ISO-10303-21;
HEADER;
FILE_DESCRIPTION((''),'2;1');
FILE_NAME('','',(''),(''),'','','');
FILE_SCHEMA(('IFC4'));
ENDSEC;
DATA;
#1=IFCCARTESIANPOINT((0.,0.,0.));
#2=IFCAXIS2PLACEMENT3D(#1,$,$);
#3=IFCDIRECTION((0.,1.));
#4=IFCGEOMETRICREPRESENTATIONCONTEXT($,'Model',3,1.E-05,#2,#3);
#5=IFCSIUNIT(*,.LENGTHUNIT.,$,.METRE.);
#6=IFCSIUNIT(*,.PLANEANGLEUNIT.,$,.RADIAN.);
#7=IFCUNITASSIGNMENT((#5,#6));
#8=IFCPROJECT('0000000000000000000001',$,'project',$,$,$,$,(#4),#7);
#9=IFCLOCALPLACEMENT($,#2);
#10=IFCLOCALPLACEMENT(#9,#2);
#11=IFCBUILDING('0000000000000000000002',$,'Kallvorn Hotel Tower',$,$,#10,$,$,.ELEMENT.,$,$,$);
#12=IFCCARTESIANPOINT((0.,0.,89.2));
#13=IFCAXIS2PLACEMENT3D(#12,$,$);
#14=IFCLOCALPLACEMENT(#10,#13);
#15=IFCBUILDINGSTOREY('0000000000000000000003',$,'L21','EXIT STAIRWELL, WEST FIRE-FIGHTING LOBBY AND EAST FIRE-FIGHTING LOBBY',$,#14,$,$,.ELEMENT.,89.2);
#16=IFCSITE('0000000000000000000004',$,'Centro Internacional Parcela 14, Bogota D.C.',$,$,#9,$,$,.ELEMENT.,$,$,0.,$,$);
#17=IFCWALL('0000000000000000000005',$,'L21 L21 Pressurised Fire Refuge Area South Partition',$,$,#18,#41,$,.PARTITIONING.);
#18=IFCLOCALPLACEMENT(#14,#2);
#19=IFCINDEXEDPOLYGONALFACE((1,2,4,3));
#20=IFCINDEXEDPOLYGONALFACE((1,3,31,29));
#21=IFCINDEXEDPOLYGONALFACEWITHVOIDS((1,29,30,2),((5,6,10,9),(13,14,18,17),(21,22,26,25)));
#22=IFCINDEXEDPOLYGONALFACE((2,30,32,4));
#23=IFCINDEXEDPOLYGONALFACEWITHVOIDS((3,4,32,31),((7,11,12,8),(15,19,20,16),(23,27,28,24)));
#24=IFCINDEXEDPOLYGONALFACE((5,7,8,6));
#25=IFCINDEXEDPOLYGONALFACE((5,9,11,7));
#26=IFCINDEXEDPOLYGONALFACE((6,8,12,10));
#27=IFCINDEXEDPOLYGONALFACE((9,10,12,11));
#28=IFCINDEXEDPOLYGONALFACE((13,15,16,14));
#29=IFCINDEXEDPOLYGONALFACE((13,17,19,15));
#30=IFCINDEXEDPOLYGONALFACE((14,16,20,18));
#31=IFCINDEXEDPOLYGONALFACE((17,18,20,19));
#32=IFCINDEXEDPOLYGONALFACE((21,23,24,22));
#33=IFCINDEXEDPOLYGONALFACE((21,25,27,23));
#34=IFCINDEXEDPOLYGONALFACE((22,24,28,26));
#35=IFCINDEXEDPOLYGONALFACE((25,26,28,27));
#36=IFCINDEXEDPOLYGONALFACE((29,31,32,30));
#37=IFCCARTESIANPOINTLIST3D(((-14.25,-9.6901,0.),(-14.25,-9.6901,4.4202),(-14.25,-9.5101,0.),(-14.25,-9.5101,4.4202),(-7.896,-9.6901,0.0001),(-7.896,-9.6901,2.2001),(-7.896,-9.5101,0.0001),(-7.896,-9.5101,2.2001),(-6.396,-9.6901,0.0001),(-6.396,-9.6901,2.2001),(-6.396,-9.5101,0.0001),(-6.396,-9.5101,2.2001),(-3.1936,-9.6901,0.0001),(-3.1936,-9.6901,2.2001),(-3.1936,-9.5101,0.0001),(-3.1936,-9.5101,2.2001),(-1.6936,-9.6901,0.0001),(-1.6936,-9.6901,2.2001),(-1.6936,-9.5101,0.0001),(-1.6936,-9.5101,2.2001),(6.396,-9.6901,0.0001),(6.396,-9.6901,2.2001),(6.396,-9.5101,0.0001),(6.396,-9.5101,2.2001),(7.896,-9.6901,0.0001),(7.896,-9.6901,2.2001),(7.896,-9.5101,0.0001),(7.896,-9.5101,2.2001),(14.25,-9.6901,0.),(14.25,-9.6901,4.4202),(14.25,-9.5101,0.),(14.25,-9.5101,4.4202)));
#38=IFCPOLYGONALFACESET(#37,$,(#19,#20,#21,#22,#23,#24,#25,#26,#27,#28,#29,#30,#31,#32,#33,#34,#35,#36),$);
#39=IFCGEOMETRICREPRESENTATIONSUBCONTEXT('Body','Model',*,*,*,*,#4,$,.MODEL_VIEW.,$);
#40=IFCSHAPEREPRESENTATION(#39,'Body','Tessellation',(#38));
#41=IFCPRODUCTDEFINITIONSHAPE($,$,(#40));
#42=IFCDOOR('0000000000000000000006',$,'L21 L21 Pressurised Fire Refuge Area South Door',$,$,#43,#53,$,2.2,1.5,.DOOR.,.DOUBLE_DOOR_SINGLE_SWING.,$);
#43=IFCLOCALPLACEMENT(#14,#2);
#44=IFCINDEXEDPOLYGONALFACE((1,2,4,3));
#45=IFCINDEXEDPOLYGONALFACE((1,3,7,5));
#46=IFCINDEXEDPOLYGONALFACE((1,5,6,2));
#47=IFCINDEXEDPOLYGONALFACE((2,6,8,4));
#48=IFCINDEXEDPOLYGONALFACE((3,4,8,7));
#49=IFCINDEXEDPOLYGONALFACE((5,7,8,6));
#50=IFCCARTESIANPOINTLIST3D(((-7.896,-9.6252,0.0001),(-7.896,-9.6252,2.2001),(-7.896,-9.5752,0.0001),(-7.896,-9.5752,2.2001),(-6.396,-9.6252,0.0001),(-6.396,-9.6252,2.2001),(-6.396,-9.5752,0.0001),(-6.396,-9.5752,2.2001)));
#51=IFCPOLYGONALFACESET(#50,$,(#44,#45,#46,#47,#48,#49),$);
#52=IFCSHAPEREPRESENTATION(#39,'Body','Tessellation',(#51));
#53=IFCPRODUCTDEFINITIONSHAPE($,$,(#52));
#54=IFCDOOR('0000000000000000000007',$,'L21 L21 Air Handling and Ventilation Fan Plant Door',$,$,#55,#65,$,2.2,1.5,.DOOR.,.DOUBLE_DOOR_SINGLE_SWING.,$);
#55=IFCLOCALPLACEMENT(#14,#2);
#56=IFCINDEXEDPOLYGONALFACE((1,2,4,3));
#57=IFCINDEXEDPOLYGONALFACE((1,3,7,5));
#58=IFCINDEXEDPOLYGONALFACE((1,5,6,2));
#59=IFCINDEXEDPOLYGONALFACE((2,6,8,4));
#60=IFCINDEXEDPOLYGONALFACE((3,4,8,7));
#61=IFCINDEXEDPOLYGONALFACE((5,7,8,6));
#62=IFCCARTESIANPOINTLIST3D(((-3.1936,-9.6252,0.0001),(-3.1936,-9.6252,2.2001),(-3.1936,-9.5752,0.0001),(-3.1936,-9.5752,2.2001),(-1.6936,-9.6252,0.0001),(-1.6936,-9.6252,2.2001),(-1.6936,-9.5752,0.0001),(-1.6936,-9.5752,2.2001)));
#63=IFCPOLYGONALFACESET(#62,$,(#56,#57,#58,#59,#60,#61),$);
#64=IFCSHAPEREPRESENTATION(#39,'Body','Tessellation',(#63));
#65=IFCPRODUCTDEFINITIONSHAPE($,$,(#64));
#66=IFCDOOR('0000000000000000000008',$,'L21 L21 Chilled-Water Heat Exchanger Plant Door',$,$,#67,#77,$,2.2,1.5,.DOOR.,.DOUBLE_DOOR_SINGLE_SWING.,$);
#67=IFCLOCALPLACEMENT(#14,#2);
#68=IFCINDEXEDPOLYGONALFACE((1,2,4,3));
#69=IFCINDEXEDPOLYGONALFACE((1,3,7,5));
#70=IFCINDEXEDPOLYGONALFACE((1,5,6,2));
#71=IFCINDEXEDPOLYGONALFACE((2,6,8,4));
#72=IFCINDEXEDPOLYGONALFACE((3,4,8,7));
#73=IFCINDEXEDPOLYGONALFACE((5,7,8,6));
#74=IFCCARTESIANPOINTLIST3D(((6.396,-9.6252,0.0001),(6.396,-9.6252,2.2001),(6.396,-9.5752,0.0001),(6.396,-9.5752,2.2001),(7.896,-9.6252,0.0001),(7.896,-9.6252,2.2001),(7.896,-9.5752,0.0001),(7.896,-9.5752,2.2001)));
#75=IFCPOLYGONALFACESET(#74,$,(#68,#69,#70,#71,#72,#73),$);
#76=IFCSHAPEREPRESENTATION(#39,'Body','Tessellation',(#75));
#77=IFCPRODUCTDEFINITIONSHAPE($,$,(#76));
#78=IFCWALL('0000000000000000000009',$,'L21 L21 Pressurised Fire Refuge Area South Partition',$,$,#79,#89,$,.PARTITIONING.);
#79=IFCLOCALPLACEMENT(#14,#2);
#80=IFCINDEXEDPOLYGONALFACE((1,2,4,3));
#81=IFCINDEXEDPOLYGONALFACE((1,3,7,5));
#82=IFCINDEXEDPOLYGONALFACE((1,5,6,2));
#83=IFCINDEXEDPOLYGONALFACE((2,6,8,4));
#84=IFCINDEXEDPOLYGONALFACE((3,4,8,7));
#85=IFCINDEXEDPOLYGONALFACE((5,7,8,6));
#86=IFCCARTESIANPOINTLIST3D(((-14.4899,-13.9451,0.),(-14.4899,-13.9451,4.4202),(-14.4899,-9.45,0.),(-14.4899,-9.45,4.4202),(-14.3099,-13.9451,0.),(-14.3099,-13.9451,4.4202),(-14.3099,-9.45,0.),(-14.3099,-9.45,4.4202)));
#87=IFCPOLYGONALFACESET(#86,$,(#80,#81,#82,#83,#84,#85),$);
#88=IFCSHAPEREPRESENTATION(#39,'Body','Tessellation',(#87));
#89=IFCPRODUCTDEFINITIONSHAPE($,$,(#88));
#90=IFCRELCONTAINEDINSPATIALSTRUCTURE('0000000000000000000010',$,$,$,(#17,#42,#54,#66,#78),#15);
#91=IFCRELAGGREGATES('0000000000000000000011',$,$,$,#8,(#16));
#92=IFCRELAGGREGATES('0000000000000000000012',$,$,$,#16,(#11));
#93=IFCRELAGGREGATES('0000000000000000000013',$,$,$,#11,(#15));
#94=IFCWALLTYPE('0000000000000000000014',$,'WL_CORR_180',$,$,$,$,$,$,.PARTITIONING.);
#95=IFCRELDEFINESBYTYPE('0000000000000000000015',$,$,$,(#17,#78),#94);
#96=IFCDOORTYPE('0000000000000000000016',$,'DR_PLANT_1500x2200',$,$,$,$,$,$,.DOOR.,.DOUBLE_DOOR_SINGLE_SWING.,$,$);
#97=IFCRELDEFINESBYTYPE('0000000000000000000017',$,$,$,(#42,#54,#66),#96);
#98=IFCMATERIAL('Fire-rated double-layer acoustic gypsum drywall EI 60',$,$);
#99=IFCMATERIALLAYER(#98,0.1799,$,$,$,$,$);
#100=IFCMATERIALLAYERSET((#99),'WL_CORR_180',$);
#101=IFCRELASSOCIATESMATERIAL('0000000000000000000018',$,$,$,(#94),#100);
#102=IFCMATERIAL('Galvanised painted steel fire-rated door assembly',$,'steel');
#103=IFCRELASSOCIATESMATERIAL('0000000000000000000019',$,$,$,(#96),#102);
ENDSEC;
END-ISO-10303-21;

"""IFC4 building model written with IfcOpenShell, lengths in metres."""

from ifc_helpers import new_model, si_unit, direction, frame, frame_2d, origin, place, context, subcontext, project, spatial, rectangle, extrude, material, layer, layer_set, type_object, element, fill, save


model = new_model("IFC4")

# Units and contexts
model_context = context("Model", 3, precision=1e-05, world=origin(), true_north=direction((0.0, 1.0)))
body_context = subcontext(model_context, "Body", "Model", "MODEL_VIEW")
ifc_project = project(units=[si_unit("LENGTHUNIT", "METRE"), si_unit("PLANEANGLEUNIT", "RADIAN")], contexts=[model_context])

# Site, building, storey
site_placement = place(None, origin())
site = spatial("IfcSite", under=ifc_project, at=site_placement, Name="Centro Internacional Parcela 14, Bogota D.C.", CompositionType="ELEMENT", RefElevation=0.0)
building_placement = place(site_placement, origin())
building = spatial("IfcBuilding", under=site, at=building_placement, Name="Kallvorn Hotel Tower", CompositionType="ELEMENT")
storey_placement = place(building_placement, frame((0.0, 0.0, 89.2)))
storey = spatial("IfcBuildingStorey", under=building, at=storey_placement, Name="L21", Description="EXIT STAIRWELL, WEST FIRE-FIGHTING LOBBY AND EAST FIRE-FIGHTING LOBBY", CompositionType="ELEMENT", Elevation=89.2)

# Wall, openings, doors
ifc_material_1 = material(Name="Fire-rated double-layer acoustic gypsum drywall EI 60")
ifc_layer_1 = layer(ifc_material_1, 0.1799)
ifc_layer_set_1 = layer_set([ifc_layer_1], Name="WL_CORR_180")
wall_type = type_object("IfcWallType", Name="WL_CORR_180", PredefinedType="PARTITIONING", material=ifc_layer_set_1)
wall_1_placement = place(storey_placement, frame((-14.25, -9.6001, 0.0), z_axis=(0.0, 0.0, 1.0), x_axis=(1.0, 0.0, 0.0)))
wall_1 = element("IfcWall", 1, at=wall_1_placement, inside=storey, type_object=wall_type, Name="L21 L21 Pressurised Fire Refuge Area South Partition", PredefinedType="PARTITIONING", context=body_context, shape_type="SweptSolid", body=[
    extrude(rectangle(XDim=28.5, YDim=0.1799, at=frame_2d((14.25, 0.0))), origin(), (0.0, 0.0, 1.0), 4.4202),
])
opening_1_placement = place(wall_1_placement, frame((6.354, 0.0, 0.0)))
opening_1 = element("IfcOpeningElement", 2, at=opening_1_placement, cuts=wall_1, PredefinedType="OPENING", context=body_context, shape_type="SweptSolid", body=[
    extrude(rectangle(XDim=1.5, YDim=2.2, at=frame_2d((0.75, 1.1001))), frame((0.0, 0.1047, 0.0), z_axis=(0.0, -1.0, 0.0), x_axis=(1.0, 0.0, 0.0)), (0.0, 0.0, 1.0), 0.21),
])
opening_2_placement = place(wall_1_placement, frame((11.0564, 0.0, 0.0)))
opening_2 = element("IfcOpeningElement", 3, at=opening_2_placement, cuts=wall_1, PredefinedType="OPENING", context=body_context, shape_type="SweptSolid", body=[
    extrude(rectangle(XDim=1.5, YDim=2.2, at=frame_2d((0.75, 1.1001))), frame((0.0, 0.1047, 0.0), z_axis=(0.0, -1.0, 0.0), x_axis=(1.0, 0.0, 0.0)), (0.0, 0.0, 1.0), 0.21),
])
opening_3_placement = place(wall_1_placement, frame((20.646, 0.0, 0.0)))
opening_3 = element("IfcOpeningElement", 4, at=opening_3_placement, cuts=wall_1, PredefinedType="OPENING", context=body_context, shape_type="SweptSolid", body=[
    extrude(rectangle(XDim=1.5, YDim=2.2, at=frame_2d((0.75, 1.1001))), frame((0.0, 0.1047, 0.0), z_axis=(0.0, -1.0, 0.0), x_axis=(1.0, 0.0, 0.0)), (0.0, 0.0, 1.0), 0.21),
])
ifc_material_2 = material(Name="Galvanised painted steel fire-rated door assembly", Category="steel")
door_type = type_object("IfcDoorType", Name="DR_PLANT_1500x2200", OperationType="DOUBLE_DOOR_SINGLE_SWING", PredefinedType="DOOR", material=ifc_material_2)
door_1_placement = place(opening_1_placement, origin())
door_1 = element("IfcDoor", 5, at=door_1_placement, inside=storey, type_object=door_type, Name="L21 L21 Pressurised Fire Refuge Area South Door", OperationType="DOUBLE_DOOR_SINGLE_SWING", OverallHeight=2.2, OverallWidth=1.5, PredefinedType="DOOR", context=body_context, shape_type="SweptSolid", body=[
    extrude(rectangle(XDim=1.5, YDim=2.2, at=frame_2d((0.75, 1.1001))), frame((0.0, 0.0249, 0.0), z_axis=(0.0, -1.0, 0.0), x_axis=(1.0, 0.0, 0.0)), (0.0, 0.0, 1.0), 0.05),
])
fill(opening_1, door_1)
door_2_placement = place(opening_2_placement, origin())
door_2 = element("IfcDoor", 6, at=door_2_placement, inside=storey, type_object=door_type, Name="L21 L21 Air Handling and Ventilation Fan Plant Door", OperationType="DOUBLE_DOOR_SINGLE_SWING", OverallHeight=2.2, OverallWidth=1.5, PredefinedType="DOOR", context=body_context, shape_type="SweptSolid", body=[
    extrude(rectangle(XDim=1.5, YDim=2.2, at=frame_2d((0.75, 1.1001))), frame((0.0, 0.0249, 0.0), z_axis=(0.0, -1.0, 0.0), x_axis=(1.0, 0.0, 0.0)), (0.0, 0.0, 1.0), 0.05),
])
fill(opening_2, door_2)
door_3_placement = place(opening_3_placement, origin())
door_3 = element("IfcDoor", 7, at=door_3_placement, inside=storey, type_object=door_type, Name="L21 L21 Chilled-Water Heat Exchanger Plant Door", OperationType="DOUBLE_DOOR_SINGLE_SWING", OverallHeight=2.2, OverallWidth=1.5, PredefinedType="DOOR", context=body_context, shape_type="SweptSolid", body=[
    extrude(rectangle(XDim=1.5, YDim=2.2, at=frame_2d((0.75, 1.1001))), frame((0.0, 0.0249, 0.0), z_axis=(0.0, -1.0, 0.0), x_axis=(1.0, 0.0, 0.0)), (0.0, 0.0, 1.0), 0.05),
])
fill(opening_3, door_3)

# Wall
wall_2_placement = place(storey_placement, frame((-14.3999, -13.9451, 0.0), z_axis=(0.0, 0.0, 1.0), x_axis=(0.0, 1.0, 0.0)))
element("IfcWall", 8, at=wall_2_placement, inside=storey, type_object=wall_type, Name="L21 L21 Pressurised Fire Refuge Area South Partition", PredefinedType="PARTITIONING", context=body_context, shape_type="SweptSolid", body=[
    extrude(rectangle(XDim=4.4951, YDim=0.1799, at=frame_2d((2.2476, 0.0))), origin(), (0.0, 0.0, 1.0), 4.4202),
])

save(model, "model.ifc")
